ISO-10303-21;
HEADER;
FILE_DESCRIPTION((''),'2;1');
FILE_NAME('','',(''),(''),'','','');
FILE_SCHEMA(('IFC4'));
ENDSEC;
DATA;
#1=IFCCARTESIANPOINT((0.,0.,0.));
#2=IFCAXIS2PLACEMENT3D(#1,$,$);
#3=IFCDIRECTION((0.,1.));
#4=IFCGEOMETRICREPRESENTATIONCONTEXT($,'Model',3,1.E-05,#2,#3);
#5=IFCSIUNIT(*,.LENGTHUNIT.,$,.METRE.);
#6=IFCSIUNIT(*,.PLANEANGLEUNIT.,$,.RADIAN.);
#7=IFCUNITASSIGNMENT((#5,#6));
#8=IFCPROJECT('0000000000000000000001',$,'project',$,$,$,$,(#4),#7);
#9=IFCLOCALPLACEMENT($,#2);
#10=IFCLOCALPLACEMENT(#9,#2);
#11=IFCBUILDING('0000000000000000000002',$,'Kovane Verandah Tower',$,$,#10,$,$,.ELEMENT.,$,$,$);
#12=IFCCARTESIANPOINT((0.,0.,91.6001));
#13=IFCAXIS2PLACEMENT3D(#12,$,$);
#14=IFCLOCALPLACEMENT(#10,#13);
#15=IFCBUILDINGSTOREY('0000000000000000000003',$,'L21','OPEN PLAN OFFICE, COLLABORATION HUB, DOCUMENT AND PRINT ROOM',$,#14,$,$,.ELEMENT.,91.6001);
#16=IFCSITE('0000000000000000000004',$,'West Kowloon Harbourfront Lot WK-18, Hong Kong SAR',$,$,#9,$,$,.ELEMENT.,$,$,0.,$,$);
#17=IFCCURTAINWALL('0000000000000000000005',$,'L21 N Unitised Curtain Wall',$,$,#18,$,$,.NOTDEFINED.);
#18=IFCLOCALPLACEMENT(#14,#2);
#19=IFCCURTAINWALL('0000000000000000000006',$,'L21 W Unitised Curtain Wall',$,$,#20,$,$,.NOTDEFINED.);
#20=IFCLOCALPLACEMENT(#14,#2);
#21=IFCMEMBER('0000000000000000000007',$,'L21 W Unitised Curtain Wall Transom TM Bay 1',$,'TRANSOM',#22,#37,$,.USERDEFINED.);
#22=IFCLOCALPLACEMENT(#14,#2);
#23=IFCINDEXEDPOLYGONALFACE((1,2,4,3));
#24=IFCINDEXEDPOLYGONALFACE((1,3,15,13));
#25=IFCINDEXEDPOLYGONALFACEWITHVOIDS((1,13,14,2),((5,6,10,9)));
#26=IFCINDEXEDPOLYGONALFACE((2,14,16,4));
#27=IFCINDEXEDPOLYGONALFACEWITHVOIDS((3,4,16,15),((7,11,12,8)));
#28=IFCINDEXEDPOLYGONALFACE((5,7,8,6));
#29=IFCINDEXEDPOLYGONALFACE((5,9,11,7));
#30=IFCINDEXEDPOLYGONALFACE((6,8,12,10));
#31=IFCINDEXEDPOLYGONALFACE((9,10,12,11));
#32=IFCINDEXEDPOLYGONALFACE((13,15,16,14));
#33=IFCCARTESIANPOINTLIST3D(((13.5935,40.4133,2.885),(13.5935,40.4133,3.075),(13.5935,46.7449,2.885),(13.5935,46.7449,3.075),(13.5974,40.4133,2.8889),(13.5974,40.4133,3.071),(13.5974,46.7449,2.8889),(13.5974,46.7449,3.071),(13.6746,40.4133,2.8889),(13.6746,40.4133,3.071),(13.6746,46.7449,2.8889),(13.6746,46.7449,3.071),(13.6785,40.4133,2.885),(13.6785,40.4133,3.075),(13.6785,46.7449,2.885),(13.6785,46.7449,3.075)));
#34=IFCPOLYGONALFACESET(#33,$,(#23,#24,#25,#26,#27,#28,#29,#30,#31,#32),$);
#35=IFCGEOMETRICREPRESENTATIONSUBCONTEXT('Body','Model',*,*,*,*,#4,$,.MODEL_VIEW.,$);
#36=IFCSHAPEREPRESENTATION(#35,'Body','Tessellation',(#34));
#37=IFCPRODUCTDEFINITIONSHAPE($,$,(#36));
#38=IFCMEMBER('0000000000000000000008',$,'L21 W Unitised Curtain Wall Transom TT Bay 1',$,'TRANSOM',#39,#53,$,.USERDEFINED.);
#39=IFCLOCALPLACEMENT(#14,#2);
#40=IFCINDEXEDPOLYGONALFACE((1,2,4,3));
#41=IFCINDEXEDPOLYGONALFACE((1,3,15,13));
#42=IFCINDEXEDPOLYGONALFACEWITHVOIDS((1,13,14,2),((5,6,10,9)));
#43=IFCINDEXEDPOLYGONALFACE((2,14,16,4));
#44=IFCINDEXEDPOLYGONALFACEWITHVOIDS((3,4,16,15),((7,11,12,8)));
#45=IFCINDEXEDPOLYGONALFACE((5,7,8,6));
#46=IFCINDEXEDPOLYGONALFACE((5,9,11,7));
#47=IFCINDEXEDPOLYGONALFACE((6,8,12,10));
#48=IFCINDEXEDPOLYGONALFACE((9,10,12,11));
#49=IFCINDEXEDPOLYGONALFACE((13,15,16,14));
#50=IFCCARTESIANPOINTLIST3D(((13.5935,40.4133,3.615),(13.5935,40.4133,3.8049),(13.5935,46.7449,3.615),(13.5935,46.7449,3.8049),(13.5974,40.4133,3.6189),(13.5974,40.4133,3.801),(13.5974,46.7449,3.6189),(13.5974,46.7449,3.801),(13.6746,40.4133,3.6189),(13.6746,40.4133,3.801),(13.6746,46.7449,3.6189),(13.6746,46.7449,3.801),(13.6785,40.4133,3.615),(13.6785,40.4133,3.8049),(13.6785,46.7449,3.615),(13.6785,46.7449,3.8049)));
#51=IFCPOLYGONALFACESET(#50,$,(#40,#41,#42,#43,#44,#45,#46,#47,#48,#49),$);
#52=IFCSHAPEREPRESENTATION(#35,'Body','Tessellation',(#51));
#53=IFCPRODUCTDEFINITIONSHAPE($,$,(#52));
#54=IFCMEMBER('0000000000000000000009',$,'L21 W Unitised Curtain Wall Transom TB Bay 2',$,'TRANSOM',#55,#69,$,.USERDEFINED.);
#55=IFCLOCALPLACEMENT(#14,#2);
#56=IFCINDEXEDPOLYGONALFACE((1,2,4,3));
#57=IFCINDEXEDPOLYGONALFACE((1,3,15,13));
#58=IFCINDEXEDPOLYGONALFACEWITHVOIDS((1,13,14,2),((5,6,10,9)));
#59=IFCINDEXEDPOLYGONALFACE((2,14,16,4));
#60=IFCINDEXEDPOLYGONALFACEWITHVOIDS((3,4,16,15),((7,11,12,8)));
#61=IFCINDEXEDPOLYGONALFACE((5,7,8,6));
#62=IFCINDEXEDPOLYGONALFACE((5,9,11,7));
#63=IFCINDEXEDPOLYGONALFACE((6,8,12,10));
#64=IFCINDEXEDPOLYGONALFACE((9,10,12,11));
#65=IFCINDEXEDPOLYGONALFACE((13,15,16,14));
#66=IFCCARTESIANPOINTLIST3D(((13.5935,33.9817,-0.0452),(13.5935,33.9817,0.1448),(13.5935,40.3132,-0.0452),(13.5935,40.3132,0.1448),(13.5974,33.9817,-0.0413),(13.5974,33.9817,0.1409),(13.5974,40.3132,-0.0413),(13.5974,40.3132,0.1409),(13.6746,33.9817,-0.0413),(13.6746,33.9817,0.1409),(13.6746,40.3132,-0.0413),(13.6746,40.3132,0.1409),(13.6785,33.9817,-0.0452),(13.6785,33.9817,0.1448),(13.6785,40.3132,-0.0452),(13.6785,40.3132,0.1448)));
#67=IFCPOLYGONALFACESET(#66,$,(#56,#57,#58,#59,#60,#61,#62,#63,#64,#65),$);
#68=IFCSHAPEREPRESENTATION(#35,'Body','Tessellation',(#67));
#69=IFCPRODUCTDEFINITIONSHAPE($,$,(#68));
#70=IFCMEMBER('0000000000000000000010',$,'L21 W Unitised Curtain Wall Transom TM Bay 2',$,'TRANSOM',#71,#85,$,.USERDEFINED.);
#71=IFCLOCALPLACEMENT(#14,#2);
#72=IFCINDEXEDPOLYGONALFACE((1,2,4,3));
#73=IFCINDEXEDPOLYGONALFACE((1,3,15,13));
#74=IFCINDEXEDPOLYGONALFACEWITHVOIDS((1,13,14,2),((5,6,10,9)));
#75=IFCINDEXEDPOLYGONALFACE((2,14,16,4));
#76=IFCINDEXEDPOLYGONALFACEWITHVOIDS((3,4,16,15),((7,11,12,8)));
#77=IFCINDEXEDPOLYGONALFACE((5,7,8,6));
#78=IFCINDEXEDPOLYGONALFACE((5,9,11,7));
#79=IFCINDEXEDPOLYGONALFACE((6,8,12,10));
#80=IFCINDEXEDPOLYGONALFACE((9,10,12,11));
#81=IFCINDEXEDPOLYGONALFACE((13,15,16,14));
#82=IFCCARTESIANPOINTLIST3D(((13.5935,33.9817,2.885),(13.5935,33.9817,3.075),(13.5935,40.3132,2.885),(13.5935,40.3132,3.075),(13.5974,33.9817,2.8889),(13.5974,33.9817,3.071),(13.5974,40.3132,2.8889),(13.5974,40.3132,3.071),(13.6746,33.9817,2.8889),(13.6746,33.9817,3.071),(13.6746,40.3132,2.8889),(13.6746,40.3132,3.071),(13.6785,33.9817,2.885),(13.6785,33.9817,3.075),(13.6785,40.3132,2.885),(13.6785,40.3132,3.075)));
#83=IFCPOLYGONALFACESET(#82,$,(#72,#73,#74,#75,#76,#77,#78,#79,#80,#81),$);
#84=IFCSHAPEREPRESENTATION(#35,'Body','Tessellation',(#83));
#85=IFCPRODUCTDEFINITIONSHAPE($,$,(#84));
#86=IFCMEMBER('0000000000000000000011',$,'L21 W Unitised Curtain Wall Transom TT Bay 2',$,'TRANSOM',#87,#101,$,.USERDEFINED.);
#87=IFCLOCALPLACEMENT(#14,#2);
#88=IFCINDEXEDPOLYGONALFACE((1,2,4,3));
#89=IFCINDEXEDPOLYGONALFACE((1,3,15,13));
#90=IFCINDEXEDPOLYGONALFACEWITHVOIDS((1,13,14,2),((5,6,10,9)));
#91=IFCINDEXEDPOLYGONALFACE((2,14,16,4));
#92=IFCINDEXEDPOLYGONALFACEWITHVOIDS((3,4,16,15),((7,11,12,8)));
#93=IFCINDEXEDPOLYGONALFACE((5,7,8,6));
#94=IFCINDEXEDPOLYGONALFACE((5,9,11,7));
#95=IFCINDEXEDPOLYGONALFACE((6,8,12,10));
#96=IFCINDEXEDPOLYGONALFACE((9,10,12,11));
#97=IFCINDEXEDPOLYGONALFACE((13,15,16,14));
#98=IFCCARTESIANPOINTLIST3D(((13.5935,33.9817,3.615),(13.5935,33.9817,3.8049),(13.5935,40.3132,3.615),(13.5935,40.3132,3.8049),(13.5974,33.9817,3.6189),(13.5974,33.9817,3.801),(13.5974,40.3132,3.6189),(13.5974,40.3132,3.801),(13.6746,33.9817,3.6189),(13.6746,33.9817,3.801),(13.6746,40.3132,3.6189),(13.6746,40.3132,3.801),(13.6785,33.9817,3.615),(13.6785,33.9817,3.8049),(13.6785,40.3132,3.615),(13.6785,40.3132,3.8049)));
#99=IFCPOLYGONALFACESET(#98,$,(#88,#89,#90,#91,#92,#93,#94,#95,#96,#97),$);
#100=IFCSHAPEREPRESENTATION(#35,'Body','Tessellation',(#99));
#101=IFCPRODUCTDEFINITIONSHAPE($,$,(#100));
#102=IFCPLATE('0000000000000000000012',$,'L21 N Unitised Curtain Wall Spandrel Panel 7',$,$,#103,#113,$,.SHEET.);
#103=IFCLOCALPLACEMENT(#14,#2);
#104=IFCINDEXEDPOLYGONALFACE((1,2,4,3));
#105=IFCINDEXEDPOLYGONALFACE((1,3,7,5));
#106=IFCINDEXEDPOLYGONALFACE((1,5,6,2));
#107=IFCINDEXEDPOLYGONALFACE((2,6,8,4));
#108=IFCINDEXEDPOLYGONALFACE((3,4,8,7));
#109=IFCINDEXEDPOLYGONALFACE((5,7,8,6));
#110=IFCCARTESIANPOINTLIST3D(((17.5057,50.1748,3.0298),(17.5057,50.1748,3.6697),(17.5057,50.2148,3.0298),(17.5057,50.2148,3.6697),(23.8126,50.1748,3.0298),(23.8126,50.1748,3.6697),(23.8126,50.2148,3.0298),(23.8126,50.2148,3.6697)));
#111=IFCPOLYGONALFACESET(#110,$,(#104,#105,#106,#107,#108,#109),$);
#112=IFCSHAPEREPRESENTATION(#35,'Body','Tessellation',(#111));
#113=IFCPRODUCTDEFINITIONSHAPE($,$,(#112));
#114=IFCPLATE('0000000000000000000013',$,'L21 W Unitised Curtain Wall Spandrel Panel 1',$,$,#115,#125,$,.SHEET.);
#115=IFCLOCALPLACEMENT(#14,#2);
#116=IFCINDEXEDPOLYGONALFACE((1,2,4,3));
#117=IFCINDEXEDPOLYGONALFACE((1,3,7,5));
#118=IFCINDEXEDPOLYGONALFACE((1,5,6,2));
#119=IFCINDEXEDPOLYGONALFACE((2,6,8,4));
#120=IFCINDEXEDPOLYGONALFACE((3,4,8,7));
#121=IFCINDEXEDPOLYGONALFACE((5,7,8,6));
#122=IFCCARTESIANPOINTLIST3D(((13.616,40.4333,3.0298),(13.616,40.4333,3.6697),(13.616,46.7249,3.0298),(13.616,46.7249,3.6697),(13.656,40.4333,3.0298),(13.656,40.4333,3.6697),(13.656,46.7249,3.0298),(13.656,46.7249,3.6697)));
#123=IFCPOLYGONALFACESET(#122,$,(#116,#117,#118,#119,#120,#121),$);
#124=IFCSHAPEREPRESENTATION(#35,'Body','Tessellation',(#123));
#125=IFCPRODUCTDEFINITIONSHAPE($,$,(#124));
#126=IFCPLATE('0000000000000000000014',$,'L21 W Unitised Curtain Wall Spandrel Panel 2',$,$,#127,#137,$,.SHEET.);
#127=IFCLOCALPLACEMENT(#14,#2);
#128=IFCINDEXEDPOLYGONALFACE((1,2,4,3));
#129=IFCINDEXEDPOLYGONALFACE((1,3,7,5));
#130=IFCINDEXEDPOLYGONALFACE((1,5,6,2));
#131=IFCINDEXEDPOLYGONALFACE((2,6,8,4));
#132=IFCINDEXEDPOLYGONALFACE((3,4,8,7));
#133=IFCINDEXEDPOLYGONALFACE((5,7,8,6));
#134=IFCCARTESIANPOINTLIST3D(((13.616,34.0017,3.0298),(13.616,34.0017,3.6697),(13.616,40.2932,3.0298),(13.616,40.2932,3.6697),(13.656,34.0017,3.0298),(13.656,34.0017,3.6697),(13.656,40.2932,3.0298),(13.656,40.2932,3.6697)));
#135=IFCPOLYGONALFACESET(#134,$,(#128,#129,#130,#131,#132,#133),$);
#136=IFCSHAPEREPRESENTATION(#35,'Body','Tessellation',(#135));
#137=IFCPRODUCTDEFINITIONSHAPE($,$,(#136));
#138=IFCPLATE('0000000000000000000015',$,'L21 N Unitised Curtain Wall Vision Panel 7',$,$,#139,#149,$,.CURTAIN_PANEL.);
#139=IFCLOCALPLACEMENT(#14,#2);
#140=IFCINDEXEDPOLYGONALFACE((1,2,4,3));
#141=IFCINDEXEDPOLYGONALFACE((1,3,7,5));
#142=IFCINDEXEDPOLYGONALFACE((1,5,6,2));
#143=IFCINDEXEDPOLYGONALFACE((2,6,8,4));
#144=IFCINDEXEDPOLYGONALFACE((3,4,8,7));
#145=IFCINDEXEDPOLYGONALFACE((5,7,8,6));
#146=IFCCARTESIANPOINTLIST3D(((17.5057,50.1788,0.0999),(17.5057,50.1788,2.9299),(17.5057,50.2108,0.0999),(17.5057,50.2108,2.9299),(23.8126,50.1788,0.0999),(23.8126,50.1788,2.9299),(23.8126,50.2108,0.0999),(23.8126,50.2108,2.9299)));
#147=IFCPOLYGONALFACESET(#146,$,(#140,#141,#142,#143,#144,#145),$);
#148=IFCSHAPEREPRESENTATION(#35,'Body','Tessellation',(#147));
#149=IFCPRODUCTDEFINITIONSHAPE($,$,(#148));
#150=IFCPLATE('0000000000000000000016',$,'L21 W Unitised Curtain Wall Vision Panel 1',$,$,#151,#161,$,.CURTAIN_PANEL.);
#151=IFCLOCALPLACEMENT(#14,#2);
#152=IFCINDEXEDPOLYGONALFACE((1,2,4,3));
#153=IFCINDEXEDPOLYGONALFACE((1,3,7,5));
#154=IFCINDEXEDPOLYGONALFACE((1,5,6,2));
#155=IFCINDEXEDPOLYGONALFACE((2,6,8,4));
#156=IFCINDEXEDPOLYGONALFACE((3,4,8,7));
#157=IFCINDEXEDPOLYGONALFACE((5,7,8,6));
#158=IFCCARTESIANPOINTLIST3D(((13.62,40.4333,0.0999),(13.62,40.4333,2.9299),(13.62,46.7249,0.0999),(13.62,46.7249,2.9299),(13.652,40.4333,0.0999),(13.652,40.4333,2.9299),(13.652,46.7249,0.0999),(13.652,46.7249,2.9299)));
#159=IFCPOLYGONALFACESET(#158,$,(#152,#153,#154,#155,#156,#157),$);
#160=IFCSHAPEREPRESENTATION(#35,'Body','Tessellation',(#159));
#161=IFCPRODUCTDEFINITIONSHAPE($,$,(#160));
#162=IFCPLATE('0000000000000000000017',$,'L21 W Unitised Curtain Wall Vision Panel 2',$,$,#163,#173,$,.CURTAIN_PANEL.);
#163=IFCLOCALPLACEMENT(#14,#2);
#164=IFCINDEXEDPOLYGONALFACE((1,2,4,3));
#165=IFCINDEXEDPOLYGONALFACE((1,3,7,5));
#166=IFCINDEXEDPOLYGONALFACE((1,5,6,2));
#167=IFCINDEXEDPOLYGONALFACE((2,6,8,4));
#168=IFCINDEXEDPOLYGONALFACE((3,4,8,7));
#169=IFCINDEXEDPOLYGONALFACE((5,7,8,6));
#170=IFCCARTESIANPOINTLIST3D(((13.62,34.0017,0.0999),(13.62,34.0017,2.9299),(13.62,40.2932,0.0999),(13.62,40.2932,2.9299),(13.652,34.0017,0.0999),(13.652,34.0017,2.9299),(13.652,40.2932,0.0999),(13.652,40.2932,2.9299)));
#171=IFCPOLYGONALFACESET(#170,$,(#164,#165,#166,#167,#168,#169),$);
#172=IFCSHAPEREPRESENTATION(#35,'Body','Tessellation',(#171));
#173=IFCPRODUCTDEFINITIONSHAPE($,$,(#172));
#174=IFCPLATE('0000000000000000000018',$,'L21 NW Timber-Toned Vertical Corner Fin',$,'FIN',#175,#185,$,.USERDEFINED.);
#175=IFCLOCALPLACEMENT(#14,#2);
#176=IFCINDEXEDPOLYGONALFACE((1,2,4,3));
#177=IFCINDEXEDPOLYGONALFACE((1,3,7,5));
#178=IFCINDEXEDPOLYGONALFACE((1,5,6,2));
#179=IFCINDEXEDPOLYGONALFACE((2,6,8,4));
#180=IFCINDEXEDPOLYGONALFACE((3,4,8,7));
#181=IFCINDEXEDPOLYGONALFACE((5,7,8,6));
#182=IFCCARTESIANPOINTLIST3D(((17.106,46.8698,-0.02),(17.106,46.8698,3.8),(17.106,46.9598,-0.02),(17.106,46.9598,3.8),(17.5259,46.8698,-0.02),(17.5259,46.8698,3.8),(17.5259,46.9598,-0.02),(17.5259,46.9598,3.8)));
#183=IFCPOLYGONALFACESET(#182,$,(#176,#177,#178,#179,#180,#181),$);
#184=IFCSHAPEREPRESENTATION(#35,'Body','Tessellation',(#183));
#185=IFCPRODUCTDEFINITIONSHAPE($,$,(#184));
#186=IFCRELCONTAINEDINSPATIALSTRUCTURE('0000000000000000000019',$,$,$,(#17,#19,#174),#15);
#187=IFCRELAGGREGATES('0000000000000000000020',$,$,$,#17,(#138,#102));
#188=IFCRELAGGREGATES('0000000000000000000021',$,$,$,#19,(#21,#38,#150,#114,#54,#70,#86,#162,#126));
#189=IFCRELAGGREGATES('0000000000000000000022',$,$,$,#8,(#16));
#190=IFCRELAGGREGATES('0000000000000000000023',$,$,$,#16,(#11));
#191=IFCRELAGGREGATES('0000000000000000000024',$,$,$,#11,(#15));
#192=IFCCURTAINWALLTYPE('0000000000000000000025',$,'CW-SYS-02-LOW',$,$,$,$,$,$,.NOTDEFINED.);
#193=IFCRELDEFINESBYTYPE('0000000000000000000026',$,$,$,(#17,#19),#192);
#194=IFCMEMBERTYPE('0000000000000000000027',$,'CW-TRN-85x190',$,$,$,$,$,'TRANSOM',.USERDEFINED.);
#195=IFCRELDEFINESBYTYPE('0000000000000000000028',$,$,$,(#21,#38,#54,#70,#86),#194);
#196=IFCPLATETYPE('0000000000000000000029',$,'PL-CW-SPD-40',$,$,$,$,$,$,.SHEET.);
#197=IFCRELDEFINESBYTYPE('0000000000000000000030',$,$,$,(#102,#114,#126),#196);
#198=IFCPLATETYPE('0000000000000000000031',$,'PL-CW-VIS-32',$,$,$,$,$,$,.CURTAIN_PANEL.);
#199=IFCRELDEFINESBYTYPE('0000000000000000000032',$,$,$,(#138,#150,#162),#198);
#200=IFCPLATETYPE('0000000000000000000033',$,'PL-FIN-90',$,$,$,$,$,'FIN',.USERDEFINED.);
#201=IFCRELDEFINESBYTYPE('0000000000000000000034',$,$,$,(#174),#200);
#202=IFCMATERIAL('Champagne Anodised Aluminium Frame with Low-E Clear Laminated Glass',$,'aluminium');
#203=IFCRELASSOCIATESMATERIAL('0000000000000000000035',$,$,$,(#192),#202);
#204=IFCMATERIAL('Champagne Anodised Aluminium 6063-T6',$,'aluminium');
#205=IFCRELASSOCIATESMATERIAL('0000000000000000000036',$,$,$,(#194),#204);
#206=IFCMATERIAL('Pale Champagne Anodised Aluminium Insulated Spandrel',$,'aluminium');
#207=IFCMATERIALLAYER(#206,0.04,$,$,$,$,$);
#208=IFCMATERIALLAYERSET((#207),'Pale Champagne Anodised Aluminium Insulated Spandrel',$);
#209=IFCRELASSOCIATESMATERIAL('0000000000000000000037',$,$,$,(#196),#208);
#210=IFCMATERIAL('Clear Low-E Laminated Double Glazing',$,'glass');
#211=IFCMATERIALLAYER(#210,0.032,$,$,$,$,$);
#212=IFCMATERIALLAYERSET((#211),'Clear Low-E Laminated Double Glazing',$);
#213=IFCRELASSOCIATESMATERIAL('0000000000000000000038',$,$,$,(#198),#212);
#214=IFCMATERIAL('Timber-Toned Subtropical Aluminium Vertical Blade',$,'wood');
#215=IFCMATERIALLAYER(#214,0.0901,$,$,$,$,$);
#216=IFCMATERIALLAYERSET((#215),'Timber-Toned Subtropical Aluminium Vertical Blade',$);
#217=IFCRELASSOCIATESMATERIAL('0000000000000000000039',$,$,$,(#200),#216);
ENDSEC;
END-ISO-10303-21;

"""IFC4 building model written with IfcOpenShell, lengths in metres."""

from ifc_helpers import new_model, si_unit, direction, frame, origin, origin_2d, place, context, subcontext, project, spatial, rectangle, hollow_rectangle, extrude, material, layer, layer_set, material_profile, profile_set, type_object, element, aggregate, save


model = new_model("IFC4")

# Units and contexts
model_context = context("Model", 3, precision=1e-05, world=origin(), true_north=direction((0.0, 1.0)))
body_context = subcontext(model_context, "Body", "Model", "MODEL_VIEW")
ifc_project = project(units=[si_unit("LENGTHUNIT", "METRE"), si_unit("PLANEANGLEUNIT", "RADIAN")], contexts=[model_context])

# Site, building, storey
site_placement = place(None, origin())
site = spatial("IfcSite", under=ifc_project, at=site_placement, Name="West Kowloon Harbourfront Lot WK-18, Hong Kong SAR", CompositionType="ELEMENT", RefElevation=0.0)
building_placement = place(site_placement, origin())
building = spatial("IfcBuilding", under=site, at=building_placement, Name="Kovane Verandah Tower", CompositionType="ELEMENT")
storey_placement = place(building_placement, frame((0.0, 0.0, 91.6001)))
storey = spatial("IfcBuildingStorey", under=building, at=storey_placement, Name="L21", Description="OPEN PLAN OFFICE, COLLABORATION HUB, DOCUMENT AND PRINT ROOM", CompositionType="ELEMENT", Elevation=91.6001)

# Curtain wall
ifc_material_1 = material(Name="Champagne Anodised Aluminium Frame with Low-E Clear Laminated Glass", Category="aluminium")
curtain_wall_type = type_object("IfcCurtainWallType", Name="CW-SYS-02-LOW", PredefinedType="NOTDEFINED", material=ifc_material_1)
curtain_wall_1_placement = place(storey_placement, origin())
curtain_wall_1 = element("IfcCurtainWall", 1, at=curtain_wall_1_placement, inside=storey, type_object=curtain_wall_type, Name="L21 N Unitised Curtain Wall", PredefinedType="NOTDEFINED")
ifc_material_2 = material(Name="Champagne Anodised Aluminium 6063-T6", Category="aluminium")

# Curtain wall, members
curtain_wall_2_placement = place(storey_placement, origin())
curtain_wall_2 = element("IfcCurtainWall", 2, at=curtain_wall_2_placement, inside=storey, type_object=curtain_wall_type, Name="L21 W Unitised Curtain Wall", PredefinedType="NOTDEFINED")
ifc_material_profile_1 = material_profile(ifc_material_2, hollow_rectangle(XDim=0.085, YDim=0.1899, WallThickness=0.0039, at=origin_2d()), Name="AL85x190x4")
ifc_profile_set_1 = profile_set([ifc_material_profile_1], Name="Champagne Anodised Aluminium 6063-T6")
member_type_1 = type_object("IfcMemberType", Name="CW-TRN-85x190", ElementType="TRANSOM", PredefinedType="USERDEFINED", material=ifc_profile_set_1)
member_1_placement = place(storey_placement, frame((13.636, 46.7449, 2.98), z_axis=(0.0, -1.0, 0.0), x_axis=(1.0, 0.0, 0.0)))
member_1 = element("IfcMember", 3, at=member_1_placement, type_object=member_type_1, Name="L21 W Unitised Curtain Wall Transom TM Bay 1", ObjectType="TRANSOM", PredefinedType="USERDEFINED", context=body_context, shape_type="SweptSolid", body=[
    extrude(hollow_rectangle(XDim=0.085, YDim=0.1899, WallThickness=0.0039, at=origin_2d()), origin(), (0.0, 0.0, 1.0), 6.3315),
])
member_2_placement = place(storey_placement, frame((13.636, 46.7449, 3.71), z_axis=(0.0, -1.0, 0.0), x_axis=(1.0, 0.0, 0.0)))
member_2 = element("IfcMember", 4, at=member_2_placement, type_object=member_type_1, Name="L21 W Unitised Curtain Wall Transom TT Bay 1", ObjectType="TRANSOM", PredefinedType="USERDEFINED", context=body_context, shape_type="SweptSolid", body=[
    extrude(hollow_rectangle(XDim=0.085, YDim=0.1899, WallThickness=0.0039, at=origin_2d()), origin(), (0.0, 0.0, 1.0), 6.3315),
])
member_3_placement = place(storey_placement, frame((13.636, 40.3132, 0.0498), z_axis=(0.0, -1.0, 0.0), x_axis=(1.0, 0.0, 0.0)))
member_3 = element("IfcMember", 5, at=member_3_placement, type_object=member_type_1, Name="L21 W Unitised Curtain Wall Transom TB Bay 2", ObjectType="TRANSOM", PredefinedType="USERDEFINED", context=body_context, shape_type="SweptSolid", body=[
    extrude(hollow_rectangle(XDim=0.085, YDim=0.1899, WallThickness=0.0039, at=origin_2d()), origin(), (0.0, 0.0, 1.0), 6.3315),
])
member_4_placement = place(storey_placement, frame((13.636, 40.3132, 2.98), z_axis=(0.0, -1.0, 0.0), x_axis=(1.0, 0.0, 0.0)))
member_4 = element("IfcMember", 6, at=member_4_placement, type_object=member_type_1, Name="L21 W Unitised Curtain Wall Transom TM Bay 2", ObjectType="TRANSOM", PredefinedType="USERDEFINED", context=body_context, shape_type="SweptSolid", body=[
    extrude(hollow_rectangle(XDim=0.085, YDim=0.1899, WallThickness=0.0039, at=origin_2d()), origin(), (0.0, 0.0, 1.0), 6.3315),
])
member_5_placement = place(storey_placement, frame((13.636, 40.3132, 3.71), z_axis=(0.0, -1.0, 0.0), x_axis=(1.0, 0.0, 0.0)))
member_5 = element("IfcMember", 7, at=member_5_placement, type_object=member_type_1, Name="L21 W Unitised Curtain Wall Transom TT Bay 2", ObjectType="TRANSOM", PredefinedType="USERDEFINED", context=body_context, shape_type="SweptSolid", body=[
    extrude(hollow_rectangle(XDim=0.085, YDim=0.1899, WallThickness=0.0039, at=origin_2d()), origin(), (0.0, 0.0, 1.0), 6.3315),
])

# Plates
ifc_material_3 = material(Name="Pale Champagne Anodised Aluminium Insulated Spandrel", Category="aluminium")
ifc_layer_1 = layer(ifc_material_3, 0.04)
ifc_layer_set_1 = layer_set([ifc_layer_1], Name="Pale Champagne Anodised Aluminium Insulated Spandrel")
plate_type_1 = type_object("IfcPlateType", Name="PL-CW-SPD-40", PredefinedType="SHEET", material=ifc_layer_set_1)
plate_1_placement = place(storey_placement, frame((20.6592, 50.1948, 3.0298), z_axis=(0.0, 0.0, 1.0), x_axis=(-1.0, 0.0, 0.0)))
plate_1 = element("IfcPlate", 8, at=plate_1_placement, type_object=plate_type_1, Name="L21 N Unitised Curtain Wall Spandrel Panel 7", PredefinedType="SHEET", context=body_context, shape_type="SweptSolid", body=[
    extrude(rectangle(XDim=6.3069, YDim=0.04, at=origin_2d()), origin(), (0.0, 0.0, 1.0), 0.6399),
])
plate_2_placement = place(storey_placement, frame((13.636, 43.5791, 3.0298), z_axis=(0.0, 0.0, 1.0), x_axis=(0.0, -1.0, 0.0)))
plate_2 = element("IfcPlate", 9, at=plate_2_placement, type_object=plate_type_1, Name="L21 W Unitised Curtain Wall Spandrel Panel 1", PredefinedType="SHEET", context=body_context, shape_type="SweptSolid", body=[
    extrude(rectangle(XDim=6.2915, YDim=0.04, at=origin_2d()), origin(), (0.0, 0.0, 1.0), 0.6399),
])
plate_3_placement = place(storey_placement, frame((13.636, 37.1475, 3.0298), z_axis=(0.0, 0.0, 1.0), x_axis=(0.0, -1.0, 0.0)))
plate_3 = element("IfcPlate", 10, at=plate_3_placement, type_object=plate_type_1, Name="L21 W Unitised Curtain Wall Spandrel Panel 2", PredefinedType="SHEET", context=body_context, shape_type="SweptSolid", body=[
    extrude(rectangle(XDim=6.2915, YDim=0.04, at=origin_2d()), origin(), (0.0, 0.0, 1.0), 0.6399),
])
ifc_material_4 = material(Name="Clear Low-E Laminated Double Glazing", Category="glass")
ifc_layer_2 = layer(ifc_material_4, 0.032)
ifc_layer_set_2 = layer_set([ifc_layer_2], Name="Clear Low-E Laminated Double Glazing")
plate_type_2 = type_object("IfcPlateType", Name="PL-CW-VIS-32", PredefinedType="CURTAIN_PANEL", material=ifc_layer_set_2)
plate_4_placement = place(storey_placement, frame((20.6592, 50.1948, 0.0999), z_axis=(0.0, 0.0, 1.0), x_axis=(-1.0, 0.0, 0.0)))
plate_4 = element("IfcPlate", 11, at=plate_4_placement, type_object=plate_type_2, Name="L21 N Unitised Curtain Wall Vision Panel 7", PredefinedType="CURTAIN_PANEL", context=body_context, shape_type="SweptSolid", body=[
    extrude(rectangle(XDim=6.3069, YDim=0.032, at=origin_2d()), origin(), (0.0, 0.0, 1.0), 2.8301),
])
aggregate(curtain_wall_1, [plate_4, plate_1])
plate_5_placement = place(storey_placement, frame((13.636, 43.5791, 0.0999), z_axis=(0.0, 0.0, 1.0), x_axis=(0.0, -1.0, 0.0)))
plate_5 = element("IfcPlate", 12, at=plate_5_placement, type_object=plate_type_2, Name="L21 W Unitised Curtain Wall Vision Panel 1", PredefinedType="CURTAIN_PANEL", context=body_context, shape_type="SweptSolid", body=[
    extrude(rectangle(XDim=6.2915, YDim=0.032, at=origin_2d()), origin(), (0.0, 0.0, 1.0), 2.8301),
])
plate_6_placement = place(storey_placement, frame((13.636, 37.1475, 0.0999), z_axis=(0.0, 0.0, 1.0), x_axis=(0.0, -1.0, 0.0)))
plate_6 = element("IfcPlate", 13, at=plate_6_placement, type_object=plate_type_2, Name="L21 W Unitised Curtain Wall Vision Panel 2", PredefinedType="CURTAIN_PANEL", context=body_context, shape_type="SweptSolid", body=[
    extrude(rectangle(XDim=6.2915, YDim=0.032, at=origin_2d()), origin(), (0.0, 0.0, 1.0), 2.8301),
])
aggregate(curtain_wall_2, [member_1, member_2, plate_5, plate_2, member_3, member_4, member_5, plate_6, plate_3])
ifc_material_5 = material(Name="Timber-Toned Subtropical Aluminium Vertical Blade", Category="wood")
ifc_layer_3 = layer(ifc_material_5, 0.0901)
ifc_layer_set_3 = layer_set([ifc_layer_3], Name="Timber-Toned Subtropical Aluminium Vertical Blade")
plate_type_3 = type_object("IfcPlateType", Name="PL-FIN-90", ElementType="FIN", PredefinedType="USERDEFINED", material=ifc_layer_set_3)
plate_7_placement = place(storey_placement, frame((17.3159, 46.9148, -0.02), z_axis=(0.0, 0.0, 1.0), x_axis=(1.0, 0.0, 0.0)))
element("IfcPlate", 14, at=plate_7_placement, inside=storey, type_object=plate_type_3, Name="L21 NW Timber-Toned Vertical Corner Fin", ObjectType="FIN", PredefinedType="USERDEFINED", context=body_context, shape_type="SweptSolid", body=[
    extrude(rectangle(XDim=0.4199, YDim=0.0901, at=origin_2d()), origin(), (0.0, 0.0, 1.0), 3.8201),
])

save(model, "model.ifc")
